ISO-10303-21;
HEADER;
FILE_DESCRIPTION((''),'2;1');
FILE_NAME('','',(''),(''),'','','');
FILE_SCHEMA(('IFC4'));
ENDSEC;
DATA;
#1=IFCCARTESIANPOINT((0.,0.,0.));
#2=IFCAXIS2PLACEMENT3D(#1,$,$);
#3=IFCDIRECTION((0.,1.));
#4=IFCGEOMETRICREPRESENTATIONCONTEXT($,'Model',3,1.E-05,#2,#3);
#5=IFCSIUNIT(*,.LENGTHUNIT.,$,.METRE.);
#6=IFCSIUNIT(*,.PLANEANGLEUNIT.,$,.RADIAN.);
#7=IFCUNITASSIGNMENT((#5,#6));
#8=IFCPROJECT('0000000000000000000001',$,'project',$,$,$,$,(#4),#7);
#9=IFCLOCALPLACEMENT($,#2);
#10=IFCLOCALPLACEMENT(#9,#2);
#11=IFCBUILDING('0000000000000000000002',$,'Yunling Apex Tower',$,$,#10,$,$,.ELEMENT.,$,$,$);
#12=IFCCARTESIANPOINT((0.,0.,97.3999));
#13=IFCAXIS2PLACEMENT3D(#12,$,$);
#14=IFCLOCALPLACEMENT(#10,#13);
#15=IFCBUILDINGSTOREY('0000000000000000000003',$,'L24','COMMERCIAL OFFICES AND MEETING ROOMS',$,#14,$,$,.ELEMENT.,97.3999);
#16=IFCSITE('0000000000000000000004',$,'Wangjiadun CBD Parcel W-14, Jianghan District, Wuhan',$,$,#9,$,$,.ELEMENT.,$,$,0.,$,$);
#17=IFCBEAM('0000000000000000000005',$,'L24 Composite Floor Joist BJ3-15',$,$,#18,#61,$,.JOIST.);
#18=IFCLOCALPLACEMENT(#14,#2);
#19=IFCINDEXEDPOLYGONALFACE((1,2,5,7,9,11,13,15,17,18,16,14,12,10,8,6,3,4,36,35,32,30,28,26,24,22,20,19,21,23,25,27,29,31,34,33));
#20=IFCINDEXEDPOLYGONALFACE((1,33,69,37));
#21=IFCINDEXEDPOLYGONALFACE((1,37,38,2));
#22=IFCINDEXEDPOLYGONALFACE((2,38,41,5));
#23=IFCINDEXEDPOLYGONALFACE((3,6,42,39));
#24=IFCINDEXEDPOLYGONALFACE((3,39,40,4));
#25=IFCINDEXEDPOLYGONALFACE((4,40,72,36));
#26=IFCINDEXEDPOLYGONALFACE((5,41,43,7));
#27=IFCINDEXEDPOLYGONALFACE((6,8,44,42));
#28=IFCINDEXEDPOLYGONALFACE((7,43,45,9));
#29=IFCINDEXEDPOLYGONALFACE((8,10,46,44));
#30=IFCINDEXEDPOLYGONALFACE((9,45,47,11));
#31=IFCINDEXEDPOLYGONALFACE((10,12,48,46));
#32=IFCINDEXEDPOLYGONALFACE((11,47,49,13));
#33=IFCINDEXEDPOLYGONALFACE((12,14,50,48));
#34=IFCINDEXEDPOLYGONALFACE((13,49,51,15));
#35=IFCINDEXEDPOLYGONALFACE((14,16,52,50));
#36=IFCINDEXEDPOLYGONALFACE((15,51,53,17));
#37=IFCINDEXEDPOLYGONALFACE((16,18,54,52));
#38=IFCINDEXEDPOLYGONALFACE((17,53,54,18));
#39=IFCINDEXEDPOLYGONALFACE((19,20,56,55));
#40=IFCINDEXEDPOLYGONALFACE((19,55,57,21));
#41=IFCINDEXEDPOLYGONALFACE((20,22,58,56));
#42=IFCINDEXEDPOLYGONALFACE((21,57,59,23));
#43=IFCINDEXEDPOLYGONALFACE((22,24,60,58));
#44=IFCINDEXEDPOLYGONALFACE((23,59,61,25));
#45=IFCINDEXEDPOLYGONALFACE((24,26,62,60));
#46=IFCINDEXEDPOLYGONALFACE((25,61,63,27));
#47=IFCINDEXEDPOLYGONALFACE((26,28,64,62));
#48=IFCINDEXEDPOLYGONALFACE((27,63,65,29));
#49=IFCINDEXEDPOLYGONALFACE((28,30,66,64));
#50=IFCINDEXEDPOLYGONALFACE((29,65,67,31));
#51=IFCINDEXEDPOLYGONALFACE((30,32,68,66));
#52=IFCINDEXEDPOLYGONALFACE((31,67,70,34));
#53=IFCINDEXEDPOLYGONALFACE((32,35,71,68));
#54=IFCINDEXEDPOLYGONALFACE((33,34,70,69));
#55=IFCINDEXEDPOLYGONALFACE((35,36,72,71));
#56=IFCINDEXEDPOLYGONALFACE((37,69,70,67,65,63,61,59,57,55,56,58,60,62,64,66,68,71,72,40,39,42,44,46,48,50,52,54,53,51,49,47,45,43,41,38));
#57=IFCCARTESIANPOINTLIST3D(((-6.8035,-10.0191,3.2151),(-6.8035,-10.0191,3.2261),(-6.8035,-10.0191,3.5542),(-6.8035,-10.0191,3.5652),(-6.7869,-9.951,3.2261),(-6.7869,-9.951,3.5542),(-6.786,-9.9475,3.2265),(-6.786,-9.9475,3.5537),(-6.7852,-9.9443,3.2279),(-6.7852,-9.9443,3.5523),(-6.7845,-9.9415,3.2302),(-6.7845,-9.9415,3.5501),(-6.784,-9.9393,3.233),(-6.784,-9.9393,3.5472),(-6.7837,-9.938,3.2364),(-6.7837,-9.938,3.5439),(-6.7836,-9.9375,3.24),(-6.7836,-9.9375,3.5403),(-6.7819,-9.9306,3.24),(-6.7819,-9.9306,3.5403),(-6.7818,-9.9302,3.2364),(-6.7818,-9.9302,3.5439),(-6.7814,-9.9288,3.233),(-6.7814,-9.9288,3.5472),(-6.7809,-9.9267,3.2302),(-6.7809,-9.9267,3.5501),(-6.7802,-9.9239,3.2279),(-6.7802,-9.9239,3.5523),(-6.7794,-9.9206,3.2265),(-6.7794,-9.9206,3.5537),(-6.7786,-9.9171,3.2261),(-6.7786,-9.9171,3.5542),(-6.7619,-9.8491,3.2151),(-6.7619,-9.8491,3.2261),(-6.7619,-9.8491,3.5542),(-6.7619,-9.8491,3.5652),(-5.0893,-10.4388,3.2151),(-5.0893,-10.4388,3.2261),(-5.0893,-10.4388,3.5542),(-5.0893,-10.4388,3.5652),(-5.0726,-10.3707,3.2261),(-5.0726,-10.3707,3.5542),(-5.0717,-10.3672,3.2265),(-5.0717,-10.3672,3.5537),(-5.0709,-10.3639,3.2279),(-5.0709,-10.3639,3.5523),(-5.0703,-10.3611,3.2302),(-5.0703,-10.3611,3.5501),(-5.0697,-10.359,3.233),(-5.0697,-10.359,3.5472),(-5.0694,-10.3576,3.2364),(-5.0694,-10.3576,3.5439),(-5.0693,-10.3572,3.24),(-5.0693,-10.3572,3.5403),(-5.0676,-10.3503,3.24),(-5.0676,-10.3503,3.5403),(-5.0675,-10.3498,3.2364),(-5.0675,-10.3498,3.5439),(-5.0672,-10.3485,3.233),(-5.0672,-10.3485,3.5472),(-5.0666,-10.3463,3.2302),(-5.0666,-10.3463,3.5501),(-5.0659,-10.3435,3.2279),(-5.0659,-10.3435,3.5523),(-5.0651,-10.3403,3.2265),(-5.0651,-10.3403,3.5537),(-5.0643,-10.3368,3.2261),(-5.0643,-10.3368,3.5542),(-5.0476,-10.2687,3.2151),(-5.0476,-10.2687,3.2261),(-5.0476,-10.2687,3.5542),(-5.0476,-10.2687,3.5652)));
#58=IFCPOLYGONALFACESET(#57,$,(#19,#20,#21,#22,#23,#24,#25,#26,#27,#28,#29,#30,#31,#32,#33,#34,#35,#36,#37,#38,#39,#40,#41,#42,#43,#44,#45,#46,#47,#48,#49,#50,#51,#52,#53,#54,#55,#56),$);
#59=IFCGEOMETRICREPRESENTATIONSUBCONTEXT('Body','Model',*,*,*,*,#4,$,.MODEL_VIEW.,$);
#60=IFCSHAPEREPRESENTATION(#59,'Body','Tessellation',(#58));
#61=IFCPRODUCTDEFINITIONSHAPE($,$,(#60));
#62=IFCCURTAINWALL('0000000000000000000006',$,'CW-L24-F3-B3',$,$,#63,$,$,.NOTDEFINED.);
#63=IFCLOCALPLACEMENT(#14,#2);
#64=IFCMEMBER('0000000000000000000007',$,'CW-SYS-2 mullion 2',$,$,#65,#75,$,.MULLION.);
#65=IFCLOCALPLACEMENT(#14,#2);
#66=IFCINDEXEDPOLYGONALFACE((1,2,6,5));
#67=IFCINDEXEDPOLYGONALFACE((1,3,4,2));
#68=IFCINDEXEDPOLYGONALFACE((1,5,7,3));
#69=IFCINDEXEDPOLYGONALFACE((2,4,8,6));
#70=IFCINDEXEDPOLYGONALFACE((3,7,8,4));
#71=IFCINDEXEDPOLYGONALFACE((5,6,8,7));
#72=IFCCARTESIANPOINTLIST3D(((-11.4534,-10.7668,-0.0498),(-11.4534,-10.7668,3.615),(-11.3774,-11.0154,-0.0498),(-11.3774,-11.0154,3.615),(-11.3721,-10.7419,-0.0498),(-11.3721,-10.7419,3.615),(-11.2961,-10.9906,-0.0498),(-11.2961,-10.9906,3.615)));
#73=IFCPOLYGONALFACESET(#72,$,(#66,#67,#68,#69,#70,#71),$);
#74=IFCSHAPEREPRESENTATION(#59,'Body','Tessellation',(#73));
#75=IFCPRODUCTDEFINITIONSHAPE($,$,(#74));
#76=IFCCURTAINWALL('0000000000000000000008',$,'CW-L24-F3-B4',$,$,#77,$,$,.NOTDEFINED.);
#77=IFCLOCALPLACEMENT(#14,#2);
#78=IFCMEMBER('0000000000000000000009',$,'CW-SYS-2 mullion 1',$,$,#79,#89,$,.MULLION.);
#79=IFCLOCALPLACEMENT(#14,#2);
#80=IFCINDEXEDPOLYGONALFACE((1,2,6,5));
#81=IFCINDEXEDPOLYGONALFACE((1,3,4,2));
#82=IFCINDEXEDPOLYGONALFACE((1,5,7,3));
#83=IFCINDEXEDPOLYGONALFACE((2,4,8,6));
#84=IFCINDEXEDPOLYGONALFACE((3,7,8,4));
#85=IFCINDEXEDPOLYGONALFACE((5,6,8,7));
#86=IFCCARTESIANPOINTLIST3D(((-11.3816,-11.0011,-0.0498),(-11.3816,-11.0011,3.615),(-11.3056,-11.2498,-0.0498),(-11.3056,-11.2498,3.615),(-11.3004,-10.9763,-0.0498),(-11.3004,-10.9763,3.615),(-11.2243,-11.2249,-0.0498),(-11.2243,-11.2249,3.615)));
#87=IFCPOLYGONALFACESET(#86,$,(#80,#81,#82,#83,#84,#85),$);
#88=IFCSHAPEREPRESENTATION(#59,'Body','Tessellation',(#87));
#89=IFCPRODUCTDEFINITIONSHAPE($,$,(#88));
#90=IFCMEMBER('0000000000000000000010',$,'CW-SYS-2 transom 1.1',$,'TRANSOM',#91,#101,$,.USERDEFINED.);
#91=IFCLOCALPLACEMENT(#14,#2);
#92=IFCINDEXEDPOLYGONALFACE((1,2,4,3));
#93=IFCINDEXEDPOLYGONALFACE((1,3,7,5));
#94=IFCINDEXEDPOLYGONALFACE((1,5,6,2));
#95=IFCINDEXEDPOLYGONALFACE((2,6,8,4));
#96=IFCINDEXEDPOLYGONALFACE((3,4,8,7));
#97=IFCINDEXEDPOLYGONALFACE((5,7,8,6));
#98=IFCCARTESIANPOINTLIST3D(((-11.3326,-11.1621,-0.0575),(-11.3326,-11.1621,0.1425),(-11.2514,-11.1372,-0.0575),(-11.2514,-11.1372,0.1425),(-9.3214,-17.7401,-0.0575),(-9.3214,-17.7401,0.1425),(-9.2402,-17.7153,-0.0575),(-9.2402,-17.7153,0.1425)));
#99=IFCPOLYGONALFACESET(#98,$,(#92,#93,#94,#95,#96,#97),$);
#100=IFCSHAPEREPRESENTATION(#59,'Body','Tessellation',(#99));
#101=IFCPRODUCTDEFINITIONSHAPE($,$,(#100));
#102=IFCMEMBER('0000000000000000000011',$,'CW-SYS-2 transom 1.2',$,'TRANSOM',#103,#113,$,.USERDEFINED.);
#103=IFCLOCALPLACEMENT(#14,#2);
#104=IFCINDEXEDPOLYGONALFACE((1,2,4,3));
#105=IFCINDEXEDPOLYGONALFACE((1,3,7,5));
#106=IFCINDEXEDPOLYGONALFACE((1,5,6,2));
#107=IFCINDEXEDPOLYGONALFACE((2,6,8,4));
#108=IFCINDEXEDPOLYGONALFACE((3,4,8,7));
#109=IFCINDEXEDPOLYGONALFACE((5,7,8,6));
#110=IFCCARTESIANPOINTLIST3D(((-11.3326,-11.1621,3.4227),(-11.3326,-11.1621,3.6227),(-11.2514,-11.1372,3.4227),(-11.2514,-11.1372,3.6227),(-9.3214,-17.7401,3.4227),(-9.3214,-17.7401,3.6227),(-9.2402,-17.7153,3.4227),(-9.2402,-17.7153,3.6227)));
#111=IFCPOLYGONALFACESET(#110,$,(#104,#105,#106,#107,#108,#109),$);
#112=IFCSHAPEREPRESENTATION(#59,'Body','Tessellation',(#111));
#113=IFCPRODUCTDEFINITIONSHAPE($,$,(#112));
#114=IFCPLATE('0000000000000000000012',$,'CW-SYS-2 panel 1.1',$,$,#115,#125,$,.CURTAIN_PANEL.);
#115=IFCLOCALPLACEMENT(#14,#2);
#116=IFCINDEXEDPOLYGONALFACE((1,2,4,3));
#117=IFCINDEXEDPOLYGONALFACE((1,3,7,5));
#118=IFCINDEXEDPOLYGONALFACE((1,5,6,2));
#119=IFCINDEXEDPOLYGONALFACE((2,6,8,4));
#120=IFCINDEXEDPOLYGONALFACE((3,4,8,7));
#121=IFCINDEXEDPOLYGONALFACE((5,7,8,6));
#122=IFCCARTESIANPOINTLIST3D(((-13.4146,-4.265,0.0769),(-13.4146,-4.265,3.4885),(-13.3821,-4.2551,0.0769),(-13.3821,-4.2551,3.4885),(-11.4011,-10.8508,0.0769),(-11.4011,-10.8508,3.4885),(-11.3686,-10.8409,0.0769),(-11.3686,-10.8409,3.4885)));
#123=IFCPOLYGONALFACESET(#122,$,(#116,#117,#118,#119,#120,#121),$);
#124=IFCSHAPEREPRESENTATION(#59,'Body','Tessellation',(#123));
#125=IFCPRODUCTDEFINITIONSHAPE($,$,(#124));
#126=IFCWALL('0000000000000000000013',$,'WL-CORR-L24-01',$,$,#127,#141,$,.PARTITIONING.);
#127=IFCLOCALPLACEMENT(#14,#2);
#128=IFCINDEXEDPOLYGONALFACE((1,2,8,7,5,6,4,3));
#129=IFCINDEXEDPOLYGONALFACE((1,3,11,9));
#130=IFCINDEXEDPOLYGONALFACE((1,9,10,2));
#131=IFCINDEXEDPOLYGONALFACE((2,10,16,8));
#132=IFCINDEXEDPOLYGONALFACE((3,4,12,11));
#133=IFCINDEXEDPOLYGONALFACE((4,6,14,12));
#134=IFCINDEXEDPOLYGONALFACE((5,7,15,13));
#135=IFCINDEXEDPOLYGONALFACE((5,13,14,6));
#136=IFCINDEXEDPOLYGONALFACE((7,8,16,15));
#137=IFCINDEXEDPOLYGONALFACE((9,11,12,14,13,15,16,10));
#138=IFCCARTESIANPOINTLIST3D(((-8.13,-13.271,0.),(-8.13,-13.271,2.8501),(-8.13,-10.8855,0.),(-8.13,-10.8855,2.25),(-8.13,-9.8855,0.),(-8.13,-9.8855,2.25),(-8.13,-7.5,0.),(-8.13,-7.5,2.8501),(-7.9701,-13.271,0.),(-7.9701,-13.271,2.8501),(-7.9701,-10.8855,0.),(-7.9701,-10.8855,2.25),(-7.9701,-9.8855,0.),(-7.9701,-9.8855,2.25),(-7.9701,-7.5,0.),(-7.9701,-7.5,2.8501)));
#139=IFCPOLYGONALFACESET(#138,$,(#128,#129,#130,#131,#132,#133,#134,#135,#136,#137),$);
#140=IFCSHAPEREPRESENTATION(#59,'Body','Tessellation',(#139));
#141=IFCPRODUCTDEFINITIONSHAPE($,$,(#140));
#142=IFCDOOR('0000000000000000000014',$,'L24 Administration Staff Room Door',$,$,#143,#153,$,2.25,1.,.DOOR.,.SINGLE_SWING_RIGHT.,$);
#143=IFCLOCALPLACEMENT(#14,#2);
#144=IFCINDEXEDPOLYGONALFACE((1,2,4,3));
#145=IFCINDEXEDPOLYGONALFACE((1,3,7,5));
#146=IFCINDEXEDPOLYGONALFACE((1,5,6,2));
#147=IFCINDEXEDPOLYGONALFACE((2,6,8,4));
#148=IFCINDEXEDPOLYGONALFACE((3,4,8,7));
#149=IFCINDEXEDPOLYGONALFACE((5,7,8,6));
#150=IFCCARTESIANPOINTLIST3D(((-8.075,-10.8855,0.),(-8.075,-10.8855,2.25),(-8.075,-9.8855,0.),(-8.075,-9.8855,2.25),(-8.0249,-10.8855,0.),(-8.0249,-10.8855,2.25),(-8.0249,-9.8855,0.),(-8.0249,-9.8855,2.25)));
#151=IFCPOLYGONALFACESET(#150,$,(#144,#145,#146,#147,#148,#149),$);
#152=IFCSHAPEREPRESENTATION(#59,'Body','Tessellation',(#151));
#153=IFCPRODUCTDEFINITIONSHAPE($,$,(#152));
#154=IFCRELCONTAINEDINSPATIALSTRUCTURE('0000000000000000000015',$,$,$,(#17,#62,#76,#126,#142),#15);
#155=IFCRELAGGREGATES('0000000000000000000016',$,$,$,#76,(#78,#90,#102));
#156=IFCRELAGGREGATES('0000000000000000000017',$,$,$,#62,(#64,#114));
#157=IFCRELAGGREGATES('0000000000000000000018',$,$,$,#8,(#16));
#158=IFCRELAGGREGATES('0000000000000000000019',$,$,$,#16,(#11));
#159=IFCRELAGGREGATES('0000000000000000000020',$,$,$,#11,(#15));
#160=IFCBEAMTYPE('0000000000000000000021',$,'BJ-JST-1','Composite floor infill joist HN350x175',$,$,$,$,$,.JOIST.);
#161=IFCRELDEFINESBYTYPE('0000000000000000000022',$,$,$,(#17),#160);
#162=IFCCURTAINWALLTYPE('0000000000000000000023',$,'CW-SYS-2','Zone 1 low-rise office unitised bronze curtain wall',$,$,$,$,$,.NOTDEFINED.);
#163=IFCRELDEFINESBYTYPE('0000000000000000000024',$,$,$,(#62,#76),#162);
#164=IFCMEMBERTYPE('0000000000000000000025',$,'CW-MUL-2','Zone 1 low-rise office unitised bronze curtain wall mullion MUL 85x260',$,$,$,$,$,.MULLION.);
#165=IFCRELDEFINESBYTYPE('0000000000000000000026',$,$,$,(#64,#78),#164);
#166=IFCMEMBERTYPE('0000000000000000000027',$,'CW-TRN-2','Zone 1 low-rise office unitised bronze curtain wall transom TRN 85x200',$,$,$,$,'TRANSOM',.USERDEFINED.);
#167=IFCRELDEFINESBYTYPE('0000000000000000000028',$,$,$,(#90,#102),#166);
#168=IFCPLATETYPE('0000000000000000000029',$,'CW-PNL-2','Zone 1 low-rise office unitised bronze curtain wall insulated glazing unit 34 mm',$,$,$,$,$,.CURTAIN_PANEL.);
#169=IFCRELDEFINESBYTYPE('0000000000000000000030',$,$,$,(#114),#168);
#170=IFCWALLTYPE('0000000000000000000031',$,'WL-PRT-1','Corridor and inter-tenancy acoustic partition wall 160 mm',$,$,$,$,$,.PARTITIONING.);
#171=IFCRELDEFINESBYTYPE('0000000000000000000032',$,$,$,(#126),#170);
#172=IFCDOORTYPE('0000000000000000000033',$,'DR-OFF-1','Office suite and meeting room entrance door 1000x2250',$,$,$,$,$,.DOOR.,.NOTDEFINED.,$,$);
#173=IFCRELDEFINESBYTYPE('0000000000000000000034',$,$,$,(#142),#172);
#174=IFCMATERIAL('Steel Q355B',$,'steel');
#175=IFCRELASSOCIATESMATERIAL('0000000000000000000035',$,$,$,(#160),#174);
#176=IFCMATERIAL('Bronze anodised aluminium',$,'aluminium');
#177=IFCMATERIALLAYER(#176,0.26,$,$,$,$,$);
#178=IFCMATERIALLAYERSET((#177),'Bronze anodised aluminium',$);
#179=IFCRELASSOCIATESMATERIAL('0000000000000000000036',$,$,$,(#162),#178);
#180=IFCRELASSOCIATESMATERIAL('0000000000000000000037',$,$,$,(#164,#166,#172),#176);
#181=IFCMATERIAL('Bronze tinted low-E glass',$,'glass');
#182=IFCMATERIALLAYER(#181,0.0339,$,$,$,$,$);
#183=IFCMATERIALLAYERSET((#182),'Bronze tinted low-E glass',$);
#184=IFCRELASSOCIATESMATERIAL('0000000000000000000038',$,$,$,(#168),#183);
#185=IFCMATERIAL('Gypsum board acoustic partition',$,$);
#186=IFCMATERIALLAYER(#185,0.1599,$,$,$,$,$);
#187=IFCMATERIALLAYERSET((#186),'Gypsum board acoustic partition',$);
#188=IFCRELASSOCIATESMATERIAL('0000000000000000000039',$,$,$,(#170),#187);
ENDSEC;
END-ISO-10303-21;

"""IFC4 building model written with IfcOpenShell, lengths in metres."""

from ifc_helpers import new_model, si_unit, direction, frame, frame_2d, origin, origin_2d, place, context, subcontext, project, spatial, rectangle, i_section, extrude, source, transform, mapped, material, layer, layer_set, material_profile, profile_set, type_object, element, fill, aggregate, save


model = new_model("IFC4")

# Units and contexts
model_context = context("Model", 3, precision=1e-05, world=origin(), true_north=direction((0.0, 1.0)))
body_context = subcontext(model_context, "Body", "Model", "MODEL_VIEW")
ifc_project = project(units=[si_unit("LENGTHUNIT", "METRE"), si_unit("PLANEANGLEUNIT", "RADIAN")], contexts=[model_context])

# Site, building, storey
site_placement = place(None, origin())
site = spatial("IfcSite", under=ifc_project, at=site_placement, Name="Wangjiadun CBD Parcel W-14, Jianghan District, Wuhan", CompositionType="ELEMENT", RefElevation=0.0)
building_placement = place(site_placement, origin())
building = spatial("IfcBuilding", under=site, at=building_placement, Name="Yunling Apex Tower", CompositionType="ELEMENT")
storey_placement = place(building_placement, frame((0.0, 0.0, 97.3999)))
storey = spatial("IfcBuildingStorey", under=building, at=storey_placement, Name="L24", Description="COMMERCIAL OFFICES AND MEETING ROOMS", CompositionType="ELEMENT", Elevation=97.3999)

# Beam
ifc_material_1 = material(Name="Steel Q355B", Category="steel")
ifc_material_profile_1 = material_profile(ifc_material_1, i_section(OverallWidth=0.175, OverallDepth=0.3501, WebThickness=0.0071, FlangeThickness=0.011, FilletRadius=0.0139, at=origin_2d()))
ifc_profile_set_1 = profile_set([ifc_material_profile_1], Name="Steel Q355B")
beam_type_1 = type_object("IfcBeamType", Name="BJ-JST-1", Description="Composite floor infill joist HN350x175", PredefinedType="JOIST", material=ifc_profile_set_1)
shared_shape_1 = source(origin(), body_context, "Body", "SweptSolid", [
    extrude(i_section(OverallWidth=0.175, OverallDepth=0.3501, WebThickness=0.0071, FlangeThickness=0.011, FilletRadius=0.0139, at=origin_2d()), origin(), (0.0, 0.0, 1.0), 1.7649),
])
beam_1_placement = place(storey_placement, frame((-6.7827, -9.9341, 3.3901), z_axis=(0.971319, -0.237781, 0.0), x_axis=(0.237781, 0.971319, 0.0)))
element("IfcBeam", 1, at=beam_1_placement, inside=storey, type_object=beam_type_1, Name="L24 Composite Floor Joist BJ3-15", PredefinedType="JOIST", context=body_context, shape_type="MappedRepresentation", body=[
    mapped(shared_shape_1, transform((0.0, 0.0, 0.0), scale=1.0)),
])

# Curtain wall, member
ifc_material_2 = material(Name="Bronze anodised aluminium", Category="aluminium")
ifc_layer_1 = layer(ifc_material_2, 0.26)
ifc_layer_set_1 = layer_set([ifc_layer_1], Name="Bronze anodised aluminium")
curtain_wall_type = type_object("IfcCurtainWallType", Name="CW-SYS-2", Description="Zone 1 low-rise office unitised bronze curtain wall", PredefinedType="NOTDEFINED", material=ifc_layer_set_1)
curtain_wall_1_placement = place(storey_placement, origin())
curtain_wall_1 = element("IfcCurtainWall", 2, at=curtain_wall_1_placement, inside=storey, type_object=curtain_wall_type, Name="CW-L24-F3-B3", PredefinedType="NOTDEFINED")
ifc_material_profile_2 = material_profile(ifc_material_2, rectangle(XDim=0.085, YDim=0.26, at=origin_2d()))
ifc_profile_set_2 = profile_set([ifc_material_profile_2], Name="Bronze anodised aluminium")
member_type_1 = type_object("IfcMemberType", Name="CW-MUL-2", Description="Zone 1 low-rise office unitised bronze curtain wall mullion MUL 85x260", PredefinedType="MULLION", material=ifc_profile_set_2)
shared_shape_2 = source(origin(), body_context, "Body", "SweptSolid", [
    extrude(rectangle(XDim=0.085, YDim=0.26, at=origin_2d()), origin(), (0.0, 0.0, 1.0), 3.6648),
])
member_1_placement = place(storey_placement, frame((-11.3748, -10.8787, -0.0498), z_axis=(0.0, 0.0, 1.0), x_axis=(0.956304, 0.292373, 0.0)))
member_1 = element("IfcMember", 3, at=member_1_placement, type_object=member_type_1, Name="CW-SYS-2 mullion 2", PredefinedType="MULLION", context=body_context, shape_type="MappedRepresentation", body=[
    mapped(shared_shape_2, transform((0.0, 0.0, 0.0), scale=1.0)),
])

# Curtain wall, members
curtain_wall_2_placement = place(storey_placement, origin())
curtain_wall_2 = element("IfcCurtainWall", 4, at=curtain_wall_2_placement, inside=storey, type_object=curtain_wall_type, Name="CW-L24-F3-B4", PredefinedType="NOTDEFINED")
member_2_placement = place(storey_placement, frame((-11.303, -11.113, -0.0498), z_axis=(0.0, 0.0, 1.0), x_axis=(0.956304, 0.292373, 0.0)))
member_2 = element("IfcMember", 5, at=member_2_placement, type_object=member_type_1, Name="CW-SYS-2 mullion 1", PredefinedType="MULLION", context=body_context, shape_type="MappedRepresentation", body=[
    mapped(shared_shape_2, transform((0.0, 0.0, 0.0), scale=1.0)),
])
ifc_material_profile_3 = material_profile(ifc_material_2, rectangle(XDim=0.085, YDim=0.2, at=origin_2d()))
ifc_profile_set_3 = profile_set([ifc_material_profile_3], Name="Bronze anodised aluminium")
member_type_2 = type_object("IfcMemberType", Name="CW-TRN-2", Description="Zone 1 low-rise office unitised bronze curtain wall transom TRN 85x200", ElementType="TRANSOM", PredefinedType="USERDEFINED", material=ifc_profile_set_3)
shared_shape_3 = source(origin(), body_context, "Body", "SweptSolid", [
    extrude(rectangle(XDim=0.085, YDim=0.2, at=origin_2d()), origin(), (0.0, 0.0, 1.0), 6.8787),
])
member_3_placement = place(storey_placement, frame((-11.292, -11.1497, 0.0425), z_axis=(0.292384, -0.956301, 0.0), x_axis=(0.956301, 0.292384, 0.0)))
member_3 = element("IfcMember", 6, at=member_3_placement, type_object=member_type_2, Name="CW-SYS-2 transom 1.1", ObjectType="TRANSOM", PredefinedType="USERDEFINED", context=body_context, shape_type="MappedRepresentation", body=[
    mapped(shared_shape_3, transform((0.0, 0.0, 0.0), scale=1.0)),
])
member_4_placement = place(storey_placement, frame((-11.292, -11.1497, 3.5227), z_axis=(0.292384, -0.956301, 0.0), x_axis=(0.956301, 0.292384, 0.0)))
member_4 = element("IfcMember", 7, at=member_4_placement, type_object=member_type_2, Name="CW-SYS-2 transom 1.2", ObjectType="TRANSOM", PredefinedType="USERDEFINED", context=body_context, shape_type="MappedRepresentation", body=[
    mapped(shared_shape_3, transform((0.0, 0.0, 0.0), scale=1.0)),
])
aggregate(curtain_wall_2, [member_2, member_3, member_4])

# Plate
ifc_material_3 = material(Name="Bronze tinted low-E glass", Category="glass")
ifc_layer_2 = layer(ifc_material_3, 0.0339)
ifc_layer_set_2 = layer_set([ifc_layer_2], Name="Bronze tinted low-E glass")
plate_type = type_object("IfcPlateType", Name="CW-PNL-2", Description="Zone 1 low-rise office unitised bronze curtain wall insulated glazing unit 34 mm", PredefinedType="CURTAIN_PANEL", material=ifc_layer_set_2)
shared_shape_4 = source(origin(), body_context, "Body", "SweptSolid", [
    extrude(rectangle(XDim=6.8867, YDim=0.0339, at=origin_2d()), origin(), (0.0, 0.0, 1.0), 3.4116),
])
plate_placement = place(storey_placement, frame((-12.3916, -7.553, 0.0769), z_axis=(0.0, 0.0, 1.0), x_axis=(0.292373, -0.956304, 0.0)))
plate = element("IfcPlate", 8, at=plate_placement, type_object=plate_type, Name="CW-SYS-2 panel 1.1", PredefinedType="CURTAIN_PANEL", context=body_context, shape_type="MappedRepresentation", body=[
    mapped(shared_shape_4, transform((0.0, 0.0, 0.0), scale=1.0)),
])
aggregate(curtain_wall_1, [member_1, plate])

# Wall, opening, door
ifc_material_4 = material(Name="Gypsum board acoustic partition")
ifc_layer_3 = layer(ifc_material_4, 0.1599)
ifc_layer_set_3 = layer_set([ifc_layer_3], Name="Gypsum board acoustic partition")
wall_type = type_object("IfcWallType", Name="WL-PRT-1", Description="Corridor and inter-tenancy acoustic partition wall 160 mm", PredefinedType="PARTITIONING", material=ifc_layer_set_3)
wall_1_placement = place(storey_placement, frame((-8.05, -13.271, 0.0), z_axis=(0.0, 0.0, 1.0), x_axis=(0.0, 1.0, 0.0)))
wall_1 = element("IfcWall", 9, at=wall_1_placement, inside=storey, type_object=wall_type, Name="WL-CORR-L24-01", PredefinedType="PARTITIONING", context=body_context, shape_type="SweptSolid", body=[
    extrude(rectangle(XDim=5.771, YDim=0.1599, at=frame_2d((2.8855, 0.0))), origin(), (0.0, 0.0, 1.0), 2.8501),
])
opening_1_placement = place(wall_1_placement, frame((2.3855, 0.0, 0.0)))
opening_1 = element("IfcOpeningElement", 10, at=opening_1_placement, cuts=wall_1, PredefinedType="OPENING", context=body_context, shape_type="SweptSolid", body=[
    extrude(rectangle(XDim=1.0, YDim=2.25, at=frame_2d((0.5, 1.125))), frame((0.0, 0.0898, 0.0), z_axis=(0.0, -1.0, 0.0), x_axis=(1.0, 0.0, 0.0)), (0.0, 0.0, 1.0), 0.1799),
])
door_type = type_object("IfcDoorType", Name="DR-OFF-1", Description="Office suite and meeting room entrance door 1000x2250", OperationType="NOTDEFINED", PredefinedType="DOOR", material=ifc_material_2)
door_1_placement = place(opening_1_placement, origin())
door_1 = element("IfcDoor", 11, at=door_1_placement, inside=storey, type_object=door_type, Name="L24 Administration Staff Room Door", OperationType="SINGLE_SWING_RIGHT", OverallHeight=2.25, OverallWidth=1.0, PredefinedType="DOOR", context=body_context, shape_type="SweptSolid", body=[
    extrude(rectangle(XDim=1.0, YDim=2.25, at=frame_2d((0.5, 1.125))), frame((0.0, 0.0249, 0.0), z_axis=(0.0, -1.0, 0.0), x_axis=(1.0, 0.0, 0.0)), (0.0, 0.0, 1.0), 0.05),
])
fill(opening_1, door_1)

save(model, "model.ifc")
